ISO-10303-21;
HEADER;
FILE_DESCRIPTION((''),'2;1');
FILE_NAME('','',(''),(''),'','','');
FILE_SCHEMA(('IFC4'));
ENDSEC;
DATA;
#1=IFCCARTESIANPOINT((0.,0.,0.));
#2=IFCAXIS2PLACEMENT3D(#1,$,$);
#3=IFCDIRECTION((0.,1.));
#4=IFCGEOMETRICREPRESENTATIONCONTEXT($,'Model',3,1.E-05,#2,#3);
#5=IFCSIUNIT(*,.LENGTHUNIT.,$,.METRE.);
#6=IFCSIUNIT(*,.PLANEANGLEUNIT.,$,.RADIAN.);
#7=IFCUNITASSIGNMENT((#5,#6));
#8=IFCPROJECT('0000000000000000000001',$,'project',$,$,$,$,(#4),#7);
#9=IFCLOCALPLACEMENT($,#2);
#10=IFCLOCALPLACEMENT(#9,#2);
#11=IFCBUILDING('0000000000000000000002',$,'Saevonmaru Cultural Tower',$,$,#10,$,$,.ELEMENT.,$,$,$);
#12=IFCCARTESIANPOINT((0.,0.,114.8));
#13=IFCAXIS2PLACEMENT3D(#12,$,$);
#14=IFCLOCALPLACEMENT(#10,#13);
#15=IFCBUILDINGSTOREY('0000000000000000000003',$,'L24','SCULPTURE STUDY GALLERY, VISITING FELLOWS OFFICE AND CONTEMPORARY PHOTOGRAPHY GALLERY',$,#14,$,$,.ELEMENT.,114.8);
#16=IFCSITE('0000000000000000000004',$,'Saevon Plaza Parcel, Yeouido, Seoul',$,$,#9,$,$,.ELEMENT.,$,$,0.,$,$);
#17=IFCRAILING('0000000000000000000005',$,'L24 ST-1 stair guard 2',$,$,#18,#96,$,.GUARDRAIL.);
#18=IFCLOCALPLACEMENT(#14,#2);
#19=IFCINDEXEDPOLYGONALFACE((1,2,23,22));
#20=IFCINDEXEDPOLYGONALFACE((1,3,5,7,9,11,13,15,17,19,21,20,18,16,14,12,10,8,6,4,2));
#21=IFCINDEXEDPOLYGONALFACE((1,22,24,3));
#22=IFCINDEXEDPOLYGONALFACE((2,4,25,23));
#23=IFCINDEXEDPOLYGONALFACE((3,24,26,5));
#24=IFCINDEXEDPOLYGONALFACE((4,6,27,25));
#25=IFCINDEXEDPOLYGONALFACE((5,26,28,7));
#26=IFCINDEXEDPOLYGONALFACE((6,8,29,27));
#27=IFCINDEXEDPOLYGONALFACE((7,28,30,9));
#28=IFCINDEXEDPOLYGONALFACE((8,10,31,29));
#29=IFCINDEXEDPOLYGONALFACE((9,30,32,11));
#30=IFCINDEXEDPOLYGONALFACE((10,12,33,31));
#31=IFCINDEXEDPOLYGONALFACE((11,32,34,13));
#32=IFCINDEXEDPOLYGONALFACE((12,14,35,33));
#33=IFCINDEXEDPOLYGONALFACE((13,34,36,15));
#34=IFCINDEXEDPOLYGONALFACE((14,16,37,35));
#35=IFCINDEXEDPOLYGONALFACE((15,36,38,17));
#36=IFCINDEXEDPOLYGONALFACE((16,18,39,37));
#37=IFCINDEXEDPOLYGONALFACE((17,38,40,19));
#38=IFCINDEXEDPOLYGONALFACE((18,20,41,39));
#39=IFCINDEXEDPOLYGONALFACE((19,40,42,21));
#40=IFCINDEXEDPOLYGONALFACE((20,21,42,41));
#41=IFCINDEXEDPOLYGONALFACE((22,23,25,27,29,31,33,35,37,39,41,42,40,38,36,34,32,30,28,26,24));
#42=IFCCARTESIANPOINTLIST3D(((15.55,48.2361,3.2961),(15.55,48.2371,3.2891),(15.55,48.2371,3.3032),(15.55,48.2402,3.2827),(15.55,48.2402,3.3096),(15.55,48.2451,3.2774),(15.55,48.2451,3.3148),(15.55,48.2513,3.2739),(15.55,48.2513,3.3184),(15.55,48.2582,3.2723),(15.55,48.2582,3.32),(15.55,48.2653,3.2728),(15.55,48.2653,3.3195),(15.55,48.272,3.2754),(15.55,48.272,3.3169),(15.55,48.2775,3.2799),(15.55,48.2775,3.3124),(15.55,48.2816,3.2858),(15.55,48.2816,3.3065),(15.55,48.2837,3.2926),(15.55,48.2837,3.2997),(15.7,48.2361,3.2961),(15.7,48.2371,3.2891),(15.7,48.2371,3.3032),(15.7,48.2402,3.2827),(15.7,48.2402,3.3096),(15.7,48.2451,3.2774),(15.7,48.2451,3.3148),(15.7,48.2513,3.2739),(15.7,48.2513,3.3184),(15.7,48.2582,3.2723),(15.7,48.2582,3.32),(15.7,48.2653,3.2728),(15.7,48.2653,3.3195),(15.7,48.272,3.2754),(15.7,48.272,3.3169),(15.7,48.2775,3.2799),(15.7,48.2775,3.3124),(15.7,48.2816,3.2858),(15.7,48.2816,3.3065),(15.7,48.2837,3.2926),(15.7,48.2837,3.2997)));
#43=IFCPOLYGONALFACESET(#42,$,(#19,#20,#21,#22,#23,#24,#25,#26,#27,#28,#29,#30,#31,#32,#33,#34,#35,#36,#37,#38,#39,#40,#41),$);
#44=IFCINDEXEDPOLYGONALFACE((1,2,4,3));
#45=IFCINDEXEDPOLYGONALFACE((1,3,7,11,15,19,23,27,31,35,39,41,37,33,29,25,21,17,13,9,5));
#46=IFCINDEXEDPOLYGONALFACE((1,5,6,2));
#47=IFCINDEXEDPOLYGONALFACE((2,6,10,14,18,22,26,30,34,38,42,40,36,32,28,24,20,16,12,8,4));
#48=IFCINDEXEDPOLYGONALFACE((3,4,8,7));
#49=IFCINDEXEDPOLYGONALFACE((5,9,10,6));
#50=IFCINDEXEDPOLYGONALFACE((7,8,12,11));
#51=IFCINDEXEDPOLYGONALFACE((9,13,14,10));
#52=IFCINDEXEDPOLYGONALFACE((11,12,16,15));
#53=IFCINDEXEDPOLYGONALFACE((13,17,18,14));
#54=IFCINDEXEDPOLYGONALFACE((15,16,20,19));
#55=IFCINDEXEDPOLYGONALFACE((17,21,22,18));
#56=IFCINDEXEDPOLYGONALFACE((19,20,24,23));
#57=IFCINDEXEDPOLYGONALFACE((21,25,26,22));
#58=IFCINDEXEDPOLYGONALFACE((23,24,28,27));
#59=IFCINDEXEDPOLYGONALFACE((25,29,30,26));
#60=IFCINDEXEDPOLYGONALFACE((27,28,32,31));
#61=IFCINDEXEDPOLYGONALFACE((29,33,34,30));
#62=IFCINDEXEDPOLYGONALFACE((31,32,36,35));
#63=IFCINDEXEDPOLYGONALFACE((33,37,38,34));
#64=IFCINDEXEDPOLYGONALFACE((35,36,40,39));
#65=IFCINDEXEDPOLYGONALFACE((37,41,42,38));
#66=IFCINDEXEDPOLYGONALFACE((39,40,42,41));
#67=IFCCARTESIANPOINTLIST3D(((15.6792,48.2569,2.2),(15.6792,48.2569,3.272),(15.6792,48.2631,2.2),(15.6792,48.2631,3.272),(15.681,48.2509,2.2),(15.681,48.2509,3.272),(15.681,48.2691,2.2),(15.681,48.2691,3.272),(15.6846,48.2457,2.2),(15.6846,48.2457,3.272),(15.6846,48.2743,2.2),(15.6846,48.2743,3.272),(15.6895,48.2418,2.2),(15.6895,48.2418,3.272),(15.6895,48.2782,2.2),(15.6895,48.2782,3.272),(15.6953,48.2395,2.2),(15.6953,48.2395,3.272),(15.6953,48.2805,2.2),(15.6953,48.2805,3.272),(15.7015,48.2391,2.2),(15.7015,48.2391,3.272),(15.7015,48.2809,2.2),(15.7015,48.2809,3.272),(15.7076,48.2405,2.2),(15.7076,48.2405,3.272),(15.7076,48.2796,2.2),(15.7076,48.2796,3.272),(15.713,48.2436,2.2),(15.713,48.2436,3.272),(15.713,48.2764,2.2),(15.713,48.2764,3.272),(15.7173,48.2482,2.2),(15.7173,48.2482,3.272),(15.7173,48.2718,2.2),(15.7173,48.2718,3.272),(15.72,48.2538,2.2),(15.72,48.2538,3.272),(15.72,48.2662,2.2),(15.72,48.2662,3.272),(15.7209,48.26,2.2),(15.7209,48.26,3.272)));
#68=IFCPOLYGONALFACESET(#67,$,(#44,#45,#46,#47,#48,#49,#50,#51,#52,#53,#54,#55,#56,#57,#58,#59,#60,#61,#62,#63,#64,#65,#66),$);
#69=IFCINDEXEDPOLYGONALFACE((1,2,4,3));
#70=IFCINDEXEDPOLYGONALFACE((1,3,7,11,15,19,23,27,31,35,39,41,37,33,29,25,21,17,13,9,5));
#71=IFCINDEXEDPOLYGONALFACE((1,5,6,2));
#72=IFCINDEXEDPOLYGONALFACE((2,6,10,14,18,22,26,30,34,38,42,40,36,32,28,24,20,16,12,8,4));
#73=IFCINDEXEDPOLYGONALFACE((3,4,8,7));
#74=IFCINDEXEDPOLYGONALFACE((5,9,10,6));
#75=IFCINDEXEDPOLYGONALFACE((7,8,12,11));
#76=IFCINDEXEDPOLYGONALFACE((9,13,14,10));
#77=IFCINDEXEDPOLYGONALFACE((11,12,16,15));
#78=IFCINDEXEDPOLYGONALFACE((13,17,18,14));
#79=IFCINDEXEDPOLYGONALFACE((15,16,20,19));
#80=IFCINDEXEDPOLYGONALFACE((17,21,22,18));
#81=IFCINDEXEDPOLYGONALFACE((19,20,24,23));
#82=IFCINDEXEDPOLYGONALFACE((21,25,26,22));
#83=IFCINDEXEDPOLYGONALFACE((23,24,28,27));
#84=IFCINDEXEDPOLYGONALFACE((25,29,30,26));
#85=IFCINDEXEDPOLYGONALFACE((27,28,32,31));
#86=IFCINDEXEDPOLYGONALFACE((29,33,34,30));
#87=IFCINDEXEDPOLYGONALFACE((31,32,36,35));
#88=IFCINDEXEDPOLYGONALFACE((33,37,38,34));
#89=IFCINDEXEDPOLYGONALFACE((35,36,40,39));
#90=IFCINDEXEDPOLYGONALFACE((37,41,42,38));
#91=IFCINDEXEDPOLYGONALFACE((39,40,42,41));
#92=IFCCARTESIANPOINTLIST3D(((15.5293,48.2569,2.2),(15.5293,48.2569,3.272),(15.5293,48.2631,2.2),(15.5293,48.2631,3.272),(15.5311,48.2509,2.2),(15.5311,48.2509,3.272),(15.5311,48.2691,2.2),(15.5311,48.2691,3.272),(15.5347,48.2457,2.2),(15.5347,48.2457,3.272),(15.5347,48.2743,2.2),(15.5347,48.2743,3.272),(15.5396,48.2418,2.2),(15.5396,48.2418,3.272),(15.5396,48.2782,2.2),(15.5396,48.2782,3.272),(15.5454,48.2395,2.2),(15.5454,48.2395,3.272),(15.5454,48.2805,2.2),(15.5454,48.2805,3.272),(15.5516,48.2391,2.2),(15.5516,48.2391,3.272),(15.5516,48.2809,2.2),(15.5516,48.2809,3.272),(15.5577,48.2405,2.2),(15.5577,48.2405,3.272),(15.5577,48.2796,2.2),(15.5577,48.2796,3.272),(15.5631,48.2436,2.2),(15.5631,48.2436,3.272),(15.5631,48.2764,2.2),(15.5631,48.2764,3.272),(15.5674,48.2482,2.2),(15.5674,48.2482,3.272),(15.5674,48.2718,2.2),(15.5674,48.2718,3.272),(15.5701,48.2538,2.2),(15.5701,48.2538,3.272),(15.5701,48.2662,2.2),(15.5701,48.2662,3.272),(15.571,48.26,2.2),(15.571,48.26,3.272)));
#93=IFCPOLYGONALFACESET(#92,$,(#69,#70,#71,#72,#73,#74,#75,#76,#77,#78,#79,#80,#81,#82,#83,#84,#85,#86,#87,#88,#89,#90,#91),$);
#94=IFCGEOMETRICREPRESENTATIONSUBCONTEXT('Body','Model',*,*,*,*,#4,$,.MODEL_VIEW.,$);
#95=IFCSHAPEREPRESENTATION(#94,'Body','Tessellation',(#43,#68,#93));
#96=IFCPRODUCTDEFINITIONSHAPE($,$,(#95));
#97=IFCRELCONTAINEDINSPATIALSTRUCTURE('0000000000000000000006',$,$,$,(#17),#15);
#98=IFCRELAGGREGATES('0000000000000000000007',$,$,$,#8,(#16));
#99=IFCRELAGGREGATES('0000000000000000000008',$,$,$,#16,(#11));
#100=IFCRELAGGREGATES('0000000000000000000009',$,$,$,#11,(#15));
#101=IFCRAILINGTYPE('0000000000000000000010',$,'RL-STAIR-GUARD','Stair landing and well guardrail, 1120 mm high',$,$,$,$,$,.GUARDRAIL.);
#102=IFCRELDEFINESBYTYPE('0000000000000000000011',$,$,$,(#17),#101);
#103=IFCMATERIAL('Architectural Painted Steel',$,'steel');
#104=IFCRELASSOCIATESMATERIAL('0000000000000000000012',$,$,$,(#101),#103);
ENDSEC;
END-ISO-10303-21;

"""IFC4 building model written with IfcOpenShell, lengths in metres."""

from ifc_helpers import new_model, si_unit, direction, frame, origin, origin_2d, place, context, subcontext, project, spatial, circle, extrude, material, type_object, element, save


model = new_model("IFC4")

# Units and contexts
model_context = context("Model", 3, precision=1e-05, world=origin(), true_north=direction((0.0, 1.0)))
body_context = subcontext(model_context, "Body", "Model", "MODEL_VIEW")
ifc_project = project(units=[si_unit("LENGTHUNIT", "METRE"), si_unit("PLANEANGLEUNIT", "RADIAN")], contexts=[model_context])

# Site, building, storey
site_placement = place(None, origin())
site = spatial("IfcSite", under=ifc_project, at=site_placement, Name="Saevon Plaza Parcel, Yeouido, Seoul", CompositionType="ELEMENT", RefElevation=0.0)
building_placement = place(site_placement, origin())
building = spatial("IfcBuilding", under=site, at=building_placement, Name="Saevonmaru Cultural Tower", CompositionType="ELEMENT")
storey_placement = place(building_placement, frame((0.0, 0.0, 114.8)))
storey = spatial("IfcBuildingStorey", under=building, at=storey_placement, Name="L24", Description="SCULPTURE STUDY GALLERY, VISITING FELLOWS OFFICE AND CONTEMPORARY PHOTOGRAPHY GALLERY", CompositionType="ELEMENT", Elevation=114.8)

# Railing
ifc_material_1 = material(Name="Architectural Painted Steel", Category="steel")
railing_type_1 = type_object("IfcRailingType", Name="RL-STAIR-GUARD", Description="Stair landing and well guardrail, 1120 mm high", PredefinedType="GUARDRAIL", material=ifc_material_1)
railing_1_placement = place(storey_placement, frame((15.7, 48.26, 2.2)))
element("IfcRailing", 1, at=railing_1_placement, inside=storey, type_object=railing_type_1, Name="L24 ST-1 stair guard 2", PredefinedType="GUARDRAIL", context=body_context, shape_type="SweptSolid", body=[
    extrude(circle(Radius=0.0239, at=origin_2d()), frame((0.0, 0.0, 1.0962), z_axis=(-1.0, 0.0, 0.0), x_axis=(0.0, -1.0, 0.0)), (0.0, 0.0, 1.0), 0.1499),
    extrude(circle(Radius=0.021, at=origin_2d()), origin(), (0.0, 0.0, 1.0), 1.072),
    extrude(circle(Radius=0.021, at=origin_2d()), frame((-0.1499, 0.0, 0.0)), (0.0, 0.0, 1.0), 1.072),
])

save(model, "model.ifc")
